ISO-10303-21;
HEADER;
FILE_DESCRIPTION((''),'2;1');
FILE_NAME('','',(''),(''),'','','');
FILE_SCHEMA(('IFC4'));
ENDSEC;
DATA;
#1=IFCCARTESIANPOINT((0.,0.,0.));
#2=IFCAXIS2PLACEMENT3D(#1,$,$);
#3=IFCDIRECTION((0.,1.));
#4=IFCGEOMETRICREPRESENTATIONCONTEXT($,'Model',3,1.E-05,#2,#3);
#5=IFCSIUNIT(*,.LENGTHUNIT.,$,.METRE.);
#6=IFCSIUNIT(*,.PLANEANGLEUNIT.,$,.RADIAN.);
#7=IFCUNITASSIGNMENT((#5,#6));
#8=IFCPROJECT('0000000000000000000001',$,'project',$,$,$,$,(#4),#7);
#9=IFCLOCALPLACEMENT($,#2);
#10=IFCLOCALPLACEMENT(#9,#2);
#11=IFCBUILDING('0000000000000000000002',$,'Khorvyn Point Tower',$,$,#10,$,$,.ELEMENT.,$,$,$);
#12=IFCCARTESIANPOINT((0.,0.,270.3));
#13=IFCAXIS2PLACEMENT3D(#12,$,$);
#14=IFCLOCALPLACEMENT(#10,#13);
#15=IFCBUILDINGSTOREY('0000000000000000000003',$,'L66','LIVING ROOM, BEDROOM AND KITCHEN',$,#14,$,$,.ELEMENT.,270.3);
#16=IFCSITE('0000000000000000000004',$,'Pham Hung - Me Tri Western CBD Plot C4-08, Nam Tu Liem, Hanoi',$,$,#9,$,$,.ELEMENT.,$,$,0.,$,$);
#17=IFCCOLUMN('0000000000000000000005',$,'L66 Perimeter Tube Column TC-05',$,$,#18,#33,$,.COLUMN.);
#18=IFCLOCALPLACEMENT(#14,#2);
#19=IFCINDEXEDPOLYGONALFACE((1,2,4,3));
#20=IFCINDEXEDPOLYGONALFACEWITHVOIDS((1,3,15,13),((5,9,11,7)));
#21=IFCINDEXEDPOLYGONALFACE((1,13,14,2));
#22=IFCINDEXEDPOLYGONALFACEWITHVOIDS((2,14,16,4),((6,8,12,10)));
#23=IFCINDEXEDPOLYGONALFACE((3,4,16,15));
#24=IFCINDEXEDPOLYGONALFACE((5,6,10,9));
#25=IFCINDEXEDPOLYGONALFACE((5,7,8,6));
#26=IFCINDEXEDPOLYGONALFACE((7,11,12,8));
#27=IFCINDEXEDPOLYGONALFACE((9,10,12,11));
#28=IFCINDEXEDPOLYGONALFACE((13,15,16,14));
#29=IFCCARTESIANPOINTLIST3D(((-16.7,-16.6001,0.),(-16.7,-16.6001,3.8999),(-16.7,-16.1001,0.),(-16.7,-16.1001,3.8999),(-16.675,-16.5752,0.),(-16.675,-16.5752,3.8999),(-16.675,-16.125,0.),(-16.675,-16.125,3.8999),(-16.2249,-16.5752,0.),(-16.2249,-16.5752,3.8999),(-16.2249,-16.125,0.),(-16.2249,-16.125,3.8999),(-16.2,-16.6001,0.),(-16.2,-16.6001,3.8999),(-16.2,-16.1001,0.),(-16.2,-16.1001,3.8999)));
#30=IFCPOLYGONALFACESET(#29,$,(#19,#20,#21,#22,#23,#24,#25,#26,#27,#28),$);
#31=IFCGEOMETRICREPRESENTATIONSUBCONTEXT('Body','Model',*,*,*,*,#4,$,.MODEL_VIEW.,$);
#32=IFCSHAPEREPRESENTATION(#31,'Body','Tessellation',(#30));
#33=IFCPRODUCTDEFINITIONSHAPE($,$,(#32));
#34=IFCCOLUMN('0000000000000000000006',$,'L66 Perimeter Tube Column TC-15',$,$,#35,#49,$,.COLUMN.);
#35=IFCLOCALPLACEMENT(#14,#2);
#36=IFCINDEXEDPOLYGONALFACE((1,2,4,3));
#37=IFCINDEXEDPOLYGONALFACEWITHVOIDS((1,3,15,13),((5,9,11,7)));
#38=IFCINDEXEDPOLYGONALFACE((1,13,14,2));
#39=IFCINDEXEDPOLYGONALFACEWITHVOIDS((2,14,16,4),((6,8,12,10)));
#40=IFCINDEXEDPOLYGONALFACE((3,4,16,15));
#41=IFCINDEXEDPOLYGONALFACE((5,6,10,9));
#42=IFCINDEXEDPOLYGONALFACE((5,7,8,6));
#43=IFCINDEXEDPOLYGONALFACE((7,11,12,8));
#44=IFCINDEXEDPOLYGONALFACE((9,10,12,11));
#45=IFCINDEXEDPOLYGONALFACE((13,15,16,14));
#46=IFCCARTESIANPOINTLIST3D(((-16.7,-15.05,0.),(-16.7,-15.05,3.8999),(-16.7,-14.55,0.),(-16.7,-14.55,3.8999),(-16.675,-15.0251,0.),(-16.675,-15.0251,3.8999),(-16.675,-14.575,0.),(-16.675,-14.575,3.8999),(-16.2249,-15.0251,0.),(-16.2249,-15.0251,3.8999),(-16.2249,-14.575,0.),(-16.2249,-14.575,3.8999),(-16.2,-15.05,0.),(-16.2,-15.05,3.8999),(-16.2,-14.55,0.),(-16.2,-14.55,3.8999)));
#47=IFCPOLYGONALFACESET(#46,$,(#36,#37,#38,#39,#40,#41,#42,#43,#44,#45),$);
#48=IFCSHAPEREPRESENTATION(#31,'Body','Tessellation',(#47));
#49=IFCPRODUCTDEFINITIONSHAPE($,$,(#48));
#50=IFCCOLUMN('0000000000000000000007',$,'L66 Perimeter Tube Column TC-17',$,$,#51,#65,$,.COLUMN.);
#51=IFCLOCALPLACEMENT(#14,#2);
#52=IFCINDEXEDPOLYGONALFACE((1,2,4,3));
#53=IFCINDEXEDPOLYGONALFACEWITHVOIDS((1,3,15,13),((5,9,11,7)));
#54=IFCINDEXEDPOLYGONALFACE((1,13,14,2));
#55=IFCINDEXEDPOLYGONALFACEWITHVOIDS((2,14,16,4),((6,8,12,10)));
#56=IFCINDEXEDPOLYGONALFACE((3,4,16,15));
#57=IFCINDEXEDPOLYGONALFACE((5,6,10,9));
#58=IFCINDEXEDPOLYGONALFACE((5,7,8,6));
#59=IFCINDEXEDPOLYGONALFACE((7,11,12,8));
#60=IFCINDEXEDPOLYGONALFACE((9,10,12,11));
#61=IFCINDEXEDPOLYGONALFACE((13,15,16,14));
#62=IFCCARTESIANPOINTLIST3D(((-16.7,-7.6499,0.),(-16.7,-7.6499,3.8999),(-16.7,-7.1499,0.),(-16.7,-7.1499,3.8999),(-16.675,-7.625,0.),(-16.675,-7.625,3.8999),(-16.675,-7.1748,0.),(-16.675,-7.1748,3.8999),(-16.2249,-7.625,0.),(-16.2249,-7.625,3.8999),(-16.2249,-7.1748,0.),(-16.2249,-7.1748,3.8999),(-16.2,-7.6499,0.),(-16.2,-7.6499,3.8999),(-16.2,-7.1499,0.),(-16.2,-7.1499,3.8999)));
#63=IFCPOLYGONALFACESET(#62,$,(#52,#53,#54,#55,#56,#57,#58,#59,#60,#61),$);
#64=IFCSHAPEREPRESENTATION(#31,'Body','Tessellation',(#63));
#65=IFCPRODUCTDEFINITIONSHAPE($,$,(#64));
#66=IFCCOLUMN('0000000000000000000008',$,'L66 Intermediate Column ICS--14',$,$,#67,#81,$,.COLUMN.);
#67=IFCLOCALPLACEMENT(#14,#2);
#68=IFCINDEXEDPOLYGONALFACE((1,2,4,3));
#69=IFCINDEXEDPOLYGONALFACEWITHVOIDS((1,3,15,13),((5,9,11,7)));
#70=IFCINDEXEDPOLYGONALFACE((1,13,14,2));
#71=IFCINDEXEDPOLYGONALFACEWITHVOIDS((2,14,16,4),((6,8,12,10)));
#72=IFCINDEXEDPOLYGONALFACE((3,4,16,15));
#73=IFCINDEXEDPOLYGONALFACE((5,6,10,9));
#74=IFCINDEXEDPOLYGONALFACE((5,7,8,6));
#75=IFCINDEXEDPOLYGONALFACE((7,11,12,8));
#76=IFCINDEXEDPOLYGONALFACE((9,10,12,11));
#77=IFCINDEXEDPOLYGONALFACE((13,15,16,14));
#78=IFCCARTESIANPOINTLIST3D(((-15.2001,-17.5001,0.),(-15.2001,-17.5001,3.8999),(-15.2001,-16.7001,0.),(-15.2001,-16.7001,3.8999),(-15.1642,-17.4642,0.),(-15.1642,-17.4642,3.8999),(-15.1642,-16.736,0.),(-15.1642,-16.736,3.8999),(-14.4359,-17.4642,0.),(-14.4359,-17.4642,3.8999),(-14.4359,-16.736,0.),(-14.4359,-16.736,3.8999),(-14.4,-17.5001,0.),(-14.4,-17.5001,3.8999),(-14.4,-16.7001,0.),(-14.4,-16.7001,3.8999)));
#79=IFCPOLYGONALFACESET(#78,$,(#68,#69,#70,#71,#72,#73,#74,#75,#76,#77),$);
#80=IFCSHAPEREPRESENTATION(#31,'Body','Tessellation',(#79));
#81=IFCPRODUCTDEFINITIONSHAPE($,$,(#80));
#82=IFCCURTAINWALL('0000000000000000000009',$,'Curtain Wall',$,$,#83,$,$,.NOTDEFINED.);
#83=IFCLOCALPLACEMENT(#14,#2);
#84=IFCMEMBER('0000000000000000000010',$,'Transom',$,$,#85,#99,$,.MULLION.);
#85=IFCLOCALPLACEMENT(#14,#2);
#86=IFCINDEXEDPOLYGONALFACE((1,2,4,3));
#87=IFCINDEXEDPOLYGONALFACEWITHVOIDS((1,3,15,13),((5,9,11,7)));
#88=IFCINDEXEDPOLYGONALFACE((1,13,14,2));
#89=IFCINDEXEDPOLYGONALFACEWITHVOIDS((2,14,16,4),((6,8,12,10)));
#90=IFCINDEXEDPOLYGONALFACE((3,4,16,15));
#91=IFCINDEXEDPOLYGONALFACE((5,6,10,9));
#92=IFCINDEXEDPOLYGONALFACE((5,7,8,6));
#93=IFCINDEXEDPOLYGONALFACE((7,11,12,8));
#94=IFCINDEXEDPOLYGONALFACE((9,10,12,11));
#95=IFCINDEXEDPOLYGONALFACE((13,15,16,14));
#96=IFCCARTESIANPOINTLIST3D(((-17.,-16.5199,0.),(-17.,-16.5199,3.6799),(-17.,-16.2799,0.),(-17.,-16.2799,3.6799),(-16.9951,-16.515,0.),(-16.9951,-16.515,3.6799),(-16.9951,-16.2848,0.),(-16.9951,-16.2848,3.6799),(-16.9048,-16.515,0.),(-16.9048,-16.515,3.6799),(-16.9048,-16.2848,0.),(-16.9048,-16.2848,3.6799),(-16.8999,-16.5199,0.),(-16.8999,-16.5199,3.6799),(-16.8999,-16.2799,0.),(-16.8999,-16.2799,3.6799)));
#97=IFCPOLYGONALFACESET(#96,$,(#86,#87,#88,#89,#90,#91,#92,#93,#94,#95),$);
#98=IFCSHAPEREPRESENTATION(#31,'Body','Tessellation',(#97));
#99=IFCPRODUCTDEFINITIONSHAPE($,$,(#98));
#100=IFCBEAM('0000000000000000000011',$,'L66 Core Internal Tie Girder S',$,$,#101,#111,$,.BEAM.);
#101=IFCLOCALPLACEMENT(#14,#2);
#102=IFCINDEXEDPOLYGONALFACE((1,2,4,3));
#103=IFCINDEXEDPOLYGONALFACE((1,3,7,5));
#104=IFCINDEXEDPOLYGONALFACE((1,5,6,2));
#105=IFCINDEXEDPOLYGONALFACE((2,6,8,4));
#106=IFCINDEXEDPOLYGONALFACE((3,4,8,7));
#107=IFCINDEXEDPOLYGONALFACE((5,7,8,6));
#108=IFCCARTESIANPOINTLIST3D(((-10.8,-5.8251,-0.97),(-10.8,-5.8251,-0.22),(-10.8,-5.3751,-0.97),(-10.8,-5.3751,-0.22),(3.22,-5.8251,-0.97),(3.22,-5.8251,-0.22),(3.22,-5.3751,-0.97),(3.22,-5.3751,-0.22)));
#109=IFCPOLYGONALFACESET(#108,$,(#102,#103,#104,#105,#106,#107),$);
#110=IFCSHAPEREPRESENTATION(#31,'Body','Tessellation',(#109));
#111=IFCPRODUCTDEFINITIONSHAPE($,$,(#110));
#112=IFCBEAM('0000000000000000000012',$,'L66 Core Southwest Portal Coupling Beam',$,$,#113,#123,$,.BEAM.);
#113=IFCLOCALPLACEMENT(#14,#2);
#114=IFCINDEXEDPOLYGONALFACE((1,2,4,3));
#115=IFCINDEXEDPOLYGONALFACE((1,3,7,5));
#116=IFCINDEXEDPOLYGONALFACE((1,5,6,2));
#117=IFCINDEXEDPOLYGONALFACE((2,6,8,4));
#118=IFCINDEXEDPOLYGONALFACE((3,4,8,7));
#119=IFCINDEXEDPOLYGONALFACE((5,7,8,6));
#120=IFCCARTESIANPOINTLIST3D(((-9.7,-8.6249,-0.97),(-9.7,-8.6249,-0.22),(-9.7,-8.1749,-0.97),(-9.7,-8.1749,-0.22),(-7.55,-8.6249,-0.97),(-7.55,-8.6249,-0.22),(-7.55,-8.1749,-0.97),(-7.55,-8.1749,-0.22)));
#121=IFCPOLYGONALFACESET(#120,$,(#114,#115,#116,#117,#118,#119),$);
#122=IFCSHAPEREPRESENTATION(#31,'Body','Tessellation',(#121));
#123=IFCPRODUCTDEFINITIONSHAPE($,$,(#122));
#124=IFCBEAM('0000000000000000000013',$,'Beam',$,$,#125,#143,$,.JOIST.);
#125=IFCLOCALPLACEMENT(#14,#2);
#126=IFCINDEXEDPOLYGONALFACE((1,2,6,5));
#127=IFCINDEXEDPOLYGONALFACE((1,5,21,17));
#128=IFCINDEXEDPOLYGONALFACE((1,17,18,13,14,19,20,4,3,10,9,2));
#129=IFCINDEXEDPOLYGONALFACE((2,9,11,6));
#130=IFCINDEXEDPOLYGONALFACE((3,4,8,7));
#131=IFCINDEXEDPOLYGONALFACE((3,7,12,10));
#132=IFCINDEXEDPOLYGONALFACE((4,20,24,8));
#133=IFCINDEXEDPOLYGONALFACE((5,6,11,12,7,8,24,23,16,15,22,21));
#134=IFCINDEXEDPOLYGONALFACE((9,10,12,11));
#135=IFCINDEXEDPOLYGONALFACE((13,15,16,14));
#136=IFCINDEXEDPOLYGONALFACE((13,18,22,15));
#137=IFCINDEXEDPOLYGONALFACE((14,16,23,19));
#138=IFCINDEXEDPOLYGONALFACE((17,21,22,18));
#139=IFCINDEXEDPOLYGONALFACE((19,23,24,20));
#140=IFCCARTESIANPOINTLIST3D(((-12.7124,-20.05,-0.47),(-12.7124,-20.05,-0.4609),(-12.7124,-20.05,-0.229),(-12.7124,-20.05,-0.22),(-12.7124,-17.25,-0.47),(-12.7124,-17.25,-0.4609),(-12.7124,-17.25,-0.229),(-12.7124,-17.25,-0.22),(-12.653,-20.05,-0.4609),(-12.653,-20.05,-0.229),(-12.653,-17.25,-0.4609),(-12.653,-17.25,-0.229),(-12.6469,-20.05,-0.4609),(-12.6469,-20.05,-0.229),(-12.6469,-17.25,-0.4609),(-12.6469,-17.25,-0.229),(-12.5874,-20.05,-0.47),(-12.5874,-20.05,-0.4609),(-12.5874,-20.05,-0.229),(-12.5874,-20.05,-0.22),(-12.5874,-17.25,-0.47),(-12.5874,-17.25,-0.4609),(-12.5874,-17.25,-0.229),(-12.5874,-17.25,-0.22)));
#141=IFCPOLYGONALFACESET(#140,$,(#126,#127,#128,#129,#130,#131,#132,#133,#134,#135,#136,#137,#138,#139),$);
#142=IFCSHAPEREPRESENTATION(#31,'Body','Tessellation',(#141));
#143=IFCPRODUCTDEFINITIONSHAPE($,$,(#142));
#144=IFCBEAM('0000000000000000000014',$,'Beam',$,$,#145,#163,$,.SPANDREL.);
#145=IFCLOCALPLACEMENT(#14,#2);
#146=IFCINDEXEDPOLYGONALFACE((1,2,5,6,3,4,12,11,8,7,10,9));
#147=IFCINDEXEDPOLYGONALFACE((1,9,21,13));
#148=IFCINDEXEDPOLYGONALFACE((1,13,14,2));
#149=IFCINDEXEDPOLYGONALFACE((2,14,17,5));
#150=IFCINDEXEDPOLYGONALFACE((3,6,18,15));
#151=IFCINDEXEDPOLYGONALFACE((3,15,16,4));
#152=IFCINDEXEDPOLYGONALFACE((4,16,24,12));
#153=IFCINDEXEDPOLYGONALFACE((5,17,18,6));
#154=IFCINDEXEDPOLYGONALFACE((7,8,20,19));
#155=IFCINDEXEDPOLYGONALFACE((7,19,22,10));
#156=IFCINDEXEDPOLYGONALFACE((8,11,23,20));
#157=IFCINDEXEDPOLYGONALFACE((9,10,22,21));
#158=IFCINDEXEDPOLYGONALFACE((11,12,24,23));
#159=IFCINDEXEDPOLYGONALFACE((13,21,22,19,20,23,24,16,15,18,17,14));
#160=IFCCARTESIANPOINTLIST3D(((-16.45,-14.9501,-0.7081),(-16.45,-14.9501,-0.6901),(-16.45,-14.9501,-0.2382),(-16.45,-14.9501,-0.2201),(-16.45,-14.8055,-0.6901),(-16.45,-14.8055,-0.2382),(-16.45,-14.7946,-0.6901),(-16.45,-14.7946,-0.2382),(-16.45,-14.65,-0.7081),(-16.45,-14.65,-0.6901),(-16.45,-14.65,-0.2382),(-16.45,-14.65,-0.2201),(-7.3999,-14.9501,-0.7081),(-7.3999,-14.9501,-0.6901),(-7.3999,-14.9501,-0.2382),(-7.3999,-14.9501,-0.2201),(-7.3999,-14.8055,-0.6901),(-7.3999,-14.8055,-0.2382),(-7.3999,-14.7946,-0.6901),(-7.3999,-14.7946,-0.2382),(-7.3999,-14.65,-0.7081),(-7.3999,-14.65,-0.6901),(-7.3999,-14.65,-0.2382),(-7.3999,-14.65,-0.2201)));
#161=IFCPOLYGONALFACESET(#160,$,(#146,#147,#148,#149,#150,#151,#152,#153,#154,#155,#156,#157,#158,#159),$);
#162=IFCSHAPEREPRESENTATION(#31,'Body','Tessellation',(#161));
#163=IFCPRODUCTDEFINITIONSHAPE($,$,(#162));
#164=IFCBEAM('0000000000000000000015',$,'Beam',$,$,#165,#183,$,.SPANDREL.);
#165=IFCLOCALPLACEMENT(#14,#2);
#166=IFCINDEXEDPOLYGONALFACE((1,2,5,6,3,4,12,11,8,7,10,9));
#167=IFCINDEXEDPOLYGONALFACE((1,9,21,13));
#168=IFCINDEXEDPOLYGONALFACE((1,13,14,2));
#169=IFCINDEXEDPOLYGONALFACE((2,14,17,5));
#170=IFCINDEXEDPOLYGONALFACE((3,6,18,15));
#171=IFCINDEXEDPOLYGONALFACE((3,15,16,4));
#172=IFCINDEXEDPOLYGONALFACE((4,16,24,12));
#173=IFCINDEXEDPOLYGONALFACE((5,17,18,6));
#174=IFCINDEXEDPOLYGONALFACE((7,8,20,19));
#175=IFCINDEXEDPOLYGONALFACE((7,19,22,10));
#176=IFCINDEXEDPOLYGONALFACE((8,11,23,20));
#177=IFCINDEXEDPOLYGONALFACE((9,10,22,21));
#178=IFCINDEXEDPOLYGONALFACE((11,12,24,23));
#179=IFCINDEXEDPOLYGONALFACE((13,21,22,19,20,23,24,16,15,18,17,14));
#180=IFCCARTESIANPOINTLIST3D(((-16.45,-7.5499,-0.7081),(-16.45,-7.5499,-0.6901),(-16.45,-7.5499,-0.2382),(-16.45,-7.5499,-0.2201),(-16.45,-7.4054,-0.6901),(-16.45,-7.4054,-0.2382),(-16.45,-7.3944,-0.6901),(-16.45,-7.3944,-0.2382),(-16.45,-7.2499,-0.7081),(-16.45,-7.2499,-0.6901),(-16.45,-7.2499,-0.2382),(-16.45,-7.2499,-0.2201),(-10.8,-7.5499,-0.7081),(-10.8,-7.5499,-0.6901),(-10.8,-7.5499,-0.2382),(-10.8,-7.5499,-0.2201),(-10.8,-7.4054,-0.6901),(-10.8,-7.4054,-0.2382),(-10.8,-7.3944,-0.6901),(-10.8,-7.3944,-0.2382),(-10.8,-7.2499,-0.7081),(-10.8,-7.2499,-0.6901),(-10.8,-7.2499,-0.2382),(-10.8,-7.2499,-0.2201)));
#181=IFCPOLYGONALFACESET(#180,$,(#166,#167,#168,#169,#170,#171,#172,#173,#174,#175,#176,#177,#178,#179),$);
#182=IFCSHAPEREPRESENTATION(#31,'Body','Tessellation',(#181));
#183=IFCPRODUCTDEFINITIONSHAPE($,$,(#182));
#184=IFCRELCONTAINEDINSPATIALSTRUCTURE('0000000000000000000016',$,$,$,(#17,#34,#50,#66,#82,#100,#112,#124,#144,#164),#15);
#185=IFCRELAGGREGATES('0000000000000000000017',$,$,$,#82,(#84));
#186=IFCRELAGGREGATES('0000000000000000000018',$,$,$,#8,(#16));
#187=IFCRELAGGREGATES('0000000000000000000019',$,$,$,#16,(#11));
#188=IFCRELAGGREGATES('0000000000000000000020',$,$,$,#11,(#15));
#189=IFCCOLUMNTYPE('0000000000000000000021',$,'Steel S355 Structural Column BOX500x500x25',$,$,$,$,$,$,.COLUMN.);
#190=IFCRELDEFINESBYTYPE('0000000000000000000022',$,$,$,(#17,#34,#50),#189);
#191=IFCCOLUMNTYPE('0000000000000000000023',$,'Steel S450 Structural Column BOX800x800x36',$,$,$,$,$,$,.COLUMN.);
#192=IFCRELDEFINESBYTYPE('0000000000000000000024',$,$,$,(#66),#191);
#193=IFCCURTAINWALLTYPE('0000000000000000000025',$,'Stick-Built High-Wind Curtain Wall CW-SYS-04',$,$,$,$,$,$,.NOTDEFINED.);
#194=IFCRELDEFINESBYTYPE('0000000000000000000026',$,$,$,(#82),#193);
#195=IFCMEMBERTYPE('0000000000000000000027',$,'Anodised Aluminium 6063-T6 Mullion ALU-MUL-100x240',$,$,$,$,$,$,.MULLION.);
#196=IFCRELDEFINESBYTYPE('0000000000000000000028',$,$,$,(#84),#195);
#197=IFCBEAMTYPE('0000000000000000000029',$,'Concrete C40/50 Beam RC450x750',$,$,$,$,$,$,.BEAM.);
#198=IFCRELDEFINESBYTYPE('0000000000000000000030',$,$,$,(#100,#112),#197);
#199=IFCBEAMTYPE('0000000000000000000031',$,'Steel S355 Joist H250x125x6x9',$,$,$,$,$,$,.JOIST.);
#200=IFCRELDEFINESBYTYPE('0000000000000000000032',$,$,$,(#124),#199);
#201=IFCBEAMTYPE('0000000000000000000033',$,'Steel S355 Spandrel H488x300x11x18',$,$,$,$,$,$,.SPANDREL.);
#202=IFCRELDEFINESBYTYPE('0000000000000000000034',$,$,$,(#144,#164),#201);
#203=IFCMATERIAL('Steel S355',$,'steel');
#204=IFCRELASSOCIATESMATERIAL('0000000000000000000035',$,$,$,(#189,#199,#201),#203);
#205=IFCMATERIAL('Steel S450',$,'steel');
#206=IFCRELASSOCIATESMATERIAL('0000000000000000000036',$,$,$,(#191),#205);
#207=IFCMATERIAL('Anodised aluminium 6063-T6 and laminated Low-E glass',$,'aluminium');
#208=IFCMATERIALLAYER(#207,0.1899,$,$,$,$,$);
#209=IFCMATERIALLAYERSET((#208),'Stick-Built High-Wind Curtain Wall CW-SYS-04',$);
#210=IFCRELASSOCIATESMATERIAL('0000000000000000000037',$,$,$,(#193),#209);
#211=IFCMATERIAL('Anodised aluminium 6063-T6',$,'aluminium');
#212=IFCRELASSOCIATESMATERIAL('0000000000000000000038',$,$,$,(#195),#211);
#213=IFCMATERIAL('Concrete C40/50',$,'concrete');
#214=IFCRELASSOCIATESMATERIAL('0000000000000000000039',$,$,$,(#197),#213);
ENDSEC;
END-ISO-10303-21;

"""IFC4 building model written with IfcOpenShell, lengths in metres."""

from ifc_helpers import new_model, si_unit, direction, frame, origin, origin_2d, place, context, subcontext, project, spatial, rectangle, hollow_rectangle, i_section, extrude, material, layer, layer_set, material_profile, profile_set, type_object, element, aggregate, save


model = new_model("IFC4")

# Units and contexts
model_context = context("Model", 3, precision=1e-05, world=origin(), true_north=direction((0.0, 1.0)))
body_context = subcontext(model_context, "Body", "Model", "MODEL_VIEW")
ifc_project = project(units=[si_unit("LENGTHUNIT", "METRE"), si_unit("PLANEANGLEUNIT", "RADIAN")], contexts=[model_context])

# Site, building, storey
site_placement = place(None, origin())
site = spatial("IfcSite", under=ifc_project, at=site_placement, Name="Pham Hung - Me Tri Western CBD Plot C4-08, Nam Tu Liem, Hanoi", CompositionType="ELEMENT", RefElevation=0.0)
building_placement = place(site_placement, origin())
building = spatial("IfcBuilding", under=site, at=building_placement, Name="Khorvyn Point Tower", CompositionType="ELEMENT")
storey_placement = place(building_placement, frame((0.0, 0.0, 270.3)))
storey = spatial("IfcBuildingStorey", under=building, at=storey_placement, Name="L66", Description="LIVING ROOM, BEDROOM AND KITCHEN", CompositionType="ELEMENT", Elevation=270.3)

# Columns
ifc_material_1 = material(Name="Steel S355", Category="steel")
ifc_material_profile_1 = material_profile(ifc_material_1, hollow_rectangle(XDim=0.5, YDim=0.5, WallThickness=0.0249, at=origin_2d()))
ifc_profile_set_1 = profile_set([ifc_material_profile_1], Name="Steel S355 BOX500x500x25")
column_type_1 = type_object("IfcColumnType", Name="Steel S355 Structural Column BOX500x500x25", PredefinedType="COLUMN", material=ifc_profile_set_1)
for number, where, z_axis, x_axis, name in (
    (1, (-16.45, -16.3501, 0.0), (0.0, 0.0, 1.0), (1.0, 0.0, 0.0), "L66 Perimeter Tube Column TC-05"),
    (2, (-16.45, -14.8, 0.0), (0.0, 0.0, 1.0), (1.0, 0.0, 0.0), "L66 Perimeter Tube Column TC-15"),
    (3, (-16.45, -7.3999, 0.0), (0.0, 0.0, 1.0), (1.0, 0.0, 0.0), "L66 Perimeter Tube Column TC-17"),
):
    element("IfcColumn", number, at=place(storey_placement, frame(where, z_axis=z_axis, x_axis=x_axis)), inside=storey, type_object=column_type_1, Name=name, PredefinedType="COLUMN", context=body_context, shape_type="SweptSolid", body=[
        extrude(hollow_rectangle(XDim=0.5, YDim=0.5, WallThickness=0.0249, at=origin_2d()), origin(), (0.0, 0.0, 1.0), 3.8999),
    ])
ifc_material_2 = material(Name="Steel S450", Category="steel")
ifc_material_profile_2 = material_profile(ifc_material_2, hollow_rectangle(XDim=0.8, YDim=0.8, WallThickness=0.0359, at=origin_2d()))
ifc_profile_set_2 = profile_set([ifc_material_profile_2], Name="Steel S450 BOX800x800x36")
column_type_2 = type_object("IfcColumnType", Name="Steel S450 Structural Column BOX800x800x36", PredefinedType="COLUMN", material=ifc_profile_set_2)
column_placement = place(storey_placement, frame((-14.8, -17.1001, 0.0), z_axis=(0.0, 0.0, 1.0), x_axis=(1.0, 0.0, 0.0)))
element("IfcColumn", 4, at=column_placement, inside=storey, type_object=column_type_2, Name="L66 Intermediate Column ICS--14", PredefinedType="COLUMN", context=body_context, shape_type="SweptSolid", body=[
    extrude(hollow_rectangle(XDim=0.8, YDim=0.8, WallThickness=0.0359, at=origin_2d()), origin(), (0.0, 0.0, 1.0), 3.8999),
])

# Curtain wall, member
ifc_material_3 = material(Name="Anodised aluminium 6063-T6 and laminated Low-E glass", Category="aluminium")
ifc_layer_1 = layer(ifc_material_3, 0.1899)
ifc_layer_set_1 = layer_set([ifc_layer_1], Name="Stick-Built High-Wind Curtain Wall CW-SYS-04")
curtain_wall_type = type_object("IfcCurtainWallType", Name="Stick-Built High-Wind Curtain Wall CW-SYS-04", PredefinedType="NOTDEFINED", material=ifc_layer_set_1)
curtain_wall_placement = place(storey_placement, origin())
curtain_wall = element("IfcCurtainWall", 5, at=curtain_wall_placement, inside=storey, type_object=curtain_wall_type, Name="Curtain Wall", PredefinedType="NOTDEFINED")
ifc_material_4 = material(Name="Anodised aluminium 6063-T6", Category="aluminium")
ifc_material_profile_3 = material_profile(ifc_material_4, hollow_rectangle(XDim=0.1001, YDim=0.24, WallThickness=0.0049, at=origin_2d()))
ifc_profile_set_3 = profile_set([ifc_material_profile_3], Name="Anodised aluminium 6063-T6 ALU-MUL-100x240")
member_type_1 = type_object("IfcMemberType", Name="Anodised Aluminium 6063-T6 Mullion ALU-MUL-100x240", PredefinedType="MULLION", material=ifc_profile_set_3)
member_placement = place(storey_placement, frame((-16.95, -16.3999, 0.0), z_axis=(0.0, 0.0, 1.0), x_axis=(-1.0, 0.0, 0.0)))
member = element("IfcMember", 6, at=member_placement, type_object=member_type_1, Name="Transom", PredefinedType="MULLION", context=body_context, shape_type="SweptSolid", body=[
    extrude(hollow_rectangle(XDim=0.1001, YDim=0.24, WallThickness=0.0049, at=origin_2d()), origin(), (0.0, 0.0, 1.0), 3.6799),
])
aggregate(curtain_wall, [member])

# Beams
ifc_material_5 = material(Name="Concrete C40/50", Category="concrete")
ifc_material_profile_4 = material_profile(ifc_material_5, rectangle(XDim=0.45, YDim=0.75, at=origin_2d()))
ifc_profile_set_4 = profile_set([ifc_material_profile_4], Name="Concrete C40/50 RC450x750")
beam_type_1 = type_object("IfcBeamType", Name="Concrete C40/50 Beam RC450x750", PredefinedType="BEAM", material=ifc_profile_set_4)
beam_1_placement = place(storey_placement, frame((-10.8, -5.6001, -0.595), z_axis=(1.0, 0.0, 0.0), x_axis=(0.0, 1.0, 0.0)))
element("IfcBeam", 7, at=beam_1_placement, inside=storey, type_object=beam_type_1, Name="L66 Core Internal Tie Girder S", PredefinedType="BEAM", context=body_context, shape_type="SweptSolid", body=[
    extrude(rectangle(XDim=0.45, YDim=0.75, at=origin_2d()), origin(), (0.0, 0.0, 1.0), 14.02),
])
beam_2_placement = place(storey_placement, frame((-9.7, -8.3999, -0.595), z_axis=(1.0, 0.0, 0.0), x_axis=(0.0, 1.0, 0.0)))
element("IfcBeam", 8, at=beam_2_placement, inside=storey, type_object=beam_type_1, Name="L66 Core Southwest Portal Coupling Beam", PredefinedType="BEAM", context=body_context, shape_type="SweptSolid", body=[
    extrude(rectangle(XDim=0.45, YDim=0.75, at=origin_2d()), origin(), (0.0, 0.0, 1.0), 2.1499),
])
ifc_material_profile_5 = material_profile(ifc_material_1, i_section(OverallWidth=0.125, OverallDepth=0.25, WebThickness=0.0061, FlangeThickness=0.009, at=origin_2d()))
ifc_profile_set_5 = profile_set([ifc_material_profile_5], Name="Steel S355 H250x125x6x9")
beam_type_2 = type_object("IfcBeamType", Name="Steel S355 Joist H250x125x6x9", PredefinedType="JOIST", material=ifc_profile_set_5)
beam_3_placement = place(storey_placement, frame((-12.6499, -20.05, -0.345), z_axis=(0.0, 1.0, 0.0), x_axis=(-1.0, 0.0, 0.0)))
element("IfcBeam", 9, at=beam_3_placement, inside=storey, type_object=beam_type_2, Name="Beam", PredefinedType="JOIST", context=body_context, shape_type="SweptSolid", body=[
    extrude(i_section(OverallWidth=0.125, OverallDepth=0.25, WebThickness=0.0061, FlangeThickness=0.009, at=origin_2d()), origin(), (0.0, 0.0, 1.0), 2.8),
])
ifc_material_profile_6 = material_profile(ifc_material_1, i_section(OverallWidth=0.3, OverallDepth=0.488, WebThickness=0.011, FlangeThickness=0.0181, at=origin_2d()))
ifc_profile_set_6 = profile_set([ifc_material_profile_6], Name="Steel S355 H488x300x11x18")
beam_type_3 = type_object("IfcBeamType", Name="Steel S355 Spandrel H488x300x11x18", PredefinedType="SPANDREL", material=ifc_profile_set_6)
beam_4_placement = place(storey_placement, frame((-16.45, -14.8, -0.4641), z_axis=(1.0, 0.0, 0.0), x_axis=(0.0, 1.0, 0.0)))
element("IfcBeam", 10, at=beam_4_placement, inside=storey, type_object=beam_type_3, Name="Beam", PredefinedType="SPANDREL", context=body_context, shape_type="SweptSolid", body=[
    extrude(i_section(OverallWidth=0.3, OverallDepth=0.488, WebThickness=0.011, FlangeThickness=0.0181, at=origin_2d()), origin(), (0.0, 0.0, 1.0), 9.05),
])
beam_5_placement = place(storey_placement, frame((-16.45, -7.3999, -0.4641), z_axis=(1.0, 0.0, 0.0), x_axis=(0.0, 1.0, 0.0)))
element("IfcBeam", 11, at=beam_5_placement, inside=storey, type_object=beam_type_3, Name="Beam", PredefinedType="SPANDREL", context=body_context, shape_type="SweptSolid", body=[
    extrude(i_section(OverallWidth=0.3, OverallDepth=0.488, WebThickness=0.011, FlangeThickness=0.0181, at=origin_2d()), origin(), (0.0, 0.0, 1.0), 5.6499),
])

save(model, "model.ifc")
